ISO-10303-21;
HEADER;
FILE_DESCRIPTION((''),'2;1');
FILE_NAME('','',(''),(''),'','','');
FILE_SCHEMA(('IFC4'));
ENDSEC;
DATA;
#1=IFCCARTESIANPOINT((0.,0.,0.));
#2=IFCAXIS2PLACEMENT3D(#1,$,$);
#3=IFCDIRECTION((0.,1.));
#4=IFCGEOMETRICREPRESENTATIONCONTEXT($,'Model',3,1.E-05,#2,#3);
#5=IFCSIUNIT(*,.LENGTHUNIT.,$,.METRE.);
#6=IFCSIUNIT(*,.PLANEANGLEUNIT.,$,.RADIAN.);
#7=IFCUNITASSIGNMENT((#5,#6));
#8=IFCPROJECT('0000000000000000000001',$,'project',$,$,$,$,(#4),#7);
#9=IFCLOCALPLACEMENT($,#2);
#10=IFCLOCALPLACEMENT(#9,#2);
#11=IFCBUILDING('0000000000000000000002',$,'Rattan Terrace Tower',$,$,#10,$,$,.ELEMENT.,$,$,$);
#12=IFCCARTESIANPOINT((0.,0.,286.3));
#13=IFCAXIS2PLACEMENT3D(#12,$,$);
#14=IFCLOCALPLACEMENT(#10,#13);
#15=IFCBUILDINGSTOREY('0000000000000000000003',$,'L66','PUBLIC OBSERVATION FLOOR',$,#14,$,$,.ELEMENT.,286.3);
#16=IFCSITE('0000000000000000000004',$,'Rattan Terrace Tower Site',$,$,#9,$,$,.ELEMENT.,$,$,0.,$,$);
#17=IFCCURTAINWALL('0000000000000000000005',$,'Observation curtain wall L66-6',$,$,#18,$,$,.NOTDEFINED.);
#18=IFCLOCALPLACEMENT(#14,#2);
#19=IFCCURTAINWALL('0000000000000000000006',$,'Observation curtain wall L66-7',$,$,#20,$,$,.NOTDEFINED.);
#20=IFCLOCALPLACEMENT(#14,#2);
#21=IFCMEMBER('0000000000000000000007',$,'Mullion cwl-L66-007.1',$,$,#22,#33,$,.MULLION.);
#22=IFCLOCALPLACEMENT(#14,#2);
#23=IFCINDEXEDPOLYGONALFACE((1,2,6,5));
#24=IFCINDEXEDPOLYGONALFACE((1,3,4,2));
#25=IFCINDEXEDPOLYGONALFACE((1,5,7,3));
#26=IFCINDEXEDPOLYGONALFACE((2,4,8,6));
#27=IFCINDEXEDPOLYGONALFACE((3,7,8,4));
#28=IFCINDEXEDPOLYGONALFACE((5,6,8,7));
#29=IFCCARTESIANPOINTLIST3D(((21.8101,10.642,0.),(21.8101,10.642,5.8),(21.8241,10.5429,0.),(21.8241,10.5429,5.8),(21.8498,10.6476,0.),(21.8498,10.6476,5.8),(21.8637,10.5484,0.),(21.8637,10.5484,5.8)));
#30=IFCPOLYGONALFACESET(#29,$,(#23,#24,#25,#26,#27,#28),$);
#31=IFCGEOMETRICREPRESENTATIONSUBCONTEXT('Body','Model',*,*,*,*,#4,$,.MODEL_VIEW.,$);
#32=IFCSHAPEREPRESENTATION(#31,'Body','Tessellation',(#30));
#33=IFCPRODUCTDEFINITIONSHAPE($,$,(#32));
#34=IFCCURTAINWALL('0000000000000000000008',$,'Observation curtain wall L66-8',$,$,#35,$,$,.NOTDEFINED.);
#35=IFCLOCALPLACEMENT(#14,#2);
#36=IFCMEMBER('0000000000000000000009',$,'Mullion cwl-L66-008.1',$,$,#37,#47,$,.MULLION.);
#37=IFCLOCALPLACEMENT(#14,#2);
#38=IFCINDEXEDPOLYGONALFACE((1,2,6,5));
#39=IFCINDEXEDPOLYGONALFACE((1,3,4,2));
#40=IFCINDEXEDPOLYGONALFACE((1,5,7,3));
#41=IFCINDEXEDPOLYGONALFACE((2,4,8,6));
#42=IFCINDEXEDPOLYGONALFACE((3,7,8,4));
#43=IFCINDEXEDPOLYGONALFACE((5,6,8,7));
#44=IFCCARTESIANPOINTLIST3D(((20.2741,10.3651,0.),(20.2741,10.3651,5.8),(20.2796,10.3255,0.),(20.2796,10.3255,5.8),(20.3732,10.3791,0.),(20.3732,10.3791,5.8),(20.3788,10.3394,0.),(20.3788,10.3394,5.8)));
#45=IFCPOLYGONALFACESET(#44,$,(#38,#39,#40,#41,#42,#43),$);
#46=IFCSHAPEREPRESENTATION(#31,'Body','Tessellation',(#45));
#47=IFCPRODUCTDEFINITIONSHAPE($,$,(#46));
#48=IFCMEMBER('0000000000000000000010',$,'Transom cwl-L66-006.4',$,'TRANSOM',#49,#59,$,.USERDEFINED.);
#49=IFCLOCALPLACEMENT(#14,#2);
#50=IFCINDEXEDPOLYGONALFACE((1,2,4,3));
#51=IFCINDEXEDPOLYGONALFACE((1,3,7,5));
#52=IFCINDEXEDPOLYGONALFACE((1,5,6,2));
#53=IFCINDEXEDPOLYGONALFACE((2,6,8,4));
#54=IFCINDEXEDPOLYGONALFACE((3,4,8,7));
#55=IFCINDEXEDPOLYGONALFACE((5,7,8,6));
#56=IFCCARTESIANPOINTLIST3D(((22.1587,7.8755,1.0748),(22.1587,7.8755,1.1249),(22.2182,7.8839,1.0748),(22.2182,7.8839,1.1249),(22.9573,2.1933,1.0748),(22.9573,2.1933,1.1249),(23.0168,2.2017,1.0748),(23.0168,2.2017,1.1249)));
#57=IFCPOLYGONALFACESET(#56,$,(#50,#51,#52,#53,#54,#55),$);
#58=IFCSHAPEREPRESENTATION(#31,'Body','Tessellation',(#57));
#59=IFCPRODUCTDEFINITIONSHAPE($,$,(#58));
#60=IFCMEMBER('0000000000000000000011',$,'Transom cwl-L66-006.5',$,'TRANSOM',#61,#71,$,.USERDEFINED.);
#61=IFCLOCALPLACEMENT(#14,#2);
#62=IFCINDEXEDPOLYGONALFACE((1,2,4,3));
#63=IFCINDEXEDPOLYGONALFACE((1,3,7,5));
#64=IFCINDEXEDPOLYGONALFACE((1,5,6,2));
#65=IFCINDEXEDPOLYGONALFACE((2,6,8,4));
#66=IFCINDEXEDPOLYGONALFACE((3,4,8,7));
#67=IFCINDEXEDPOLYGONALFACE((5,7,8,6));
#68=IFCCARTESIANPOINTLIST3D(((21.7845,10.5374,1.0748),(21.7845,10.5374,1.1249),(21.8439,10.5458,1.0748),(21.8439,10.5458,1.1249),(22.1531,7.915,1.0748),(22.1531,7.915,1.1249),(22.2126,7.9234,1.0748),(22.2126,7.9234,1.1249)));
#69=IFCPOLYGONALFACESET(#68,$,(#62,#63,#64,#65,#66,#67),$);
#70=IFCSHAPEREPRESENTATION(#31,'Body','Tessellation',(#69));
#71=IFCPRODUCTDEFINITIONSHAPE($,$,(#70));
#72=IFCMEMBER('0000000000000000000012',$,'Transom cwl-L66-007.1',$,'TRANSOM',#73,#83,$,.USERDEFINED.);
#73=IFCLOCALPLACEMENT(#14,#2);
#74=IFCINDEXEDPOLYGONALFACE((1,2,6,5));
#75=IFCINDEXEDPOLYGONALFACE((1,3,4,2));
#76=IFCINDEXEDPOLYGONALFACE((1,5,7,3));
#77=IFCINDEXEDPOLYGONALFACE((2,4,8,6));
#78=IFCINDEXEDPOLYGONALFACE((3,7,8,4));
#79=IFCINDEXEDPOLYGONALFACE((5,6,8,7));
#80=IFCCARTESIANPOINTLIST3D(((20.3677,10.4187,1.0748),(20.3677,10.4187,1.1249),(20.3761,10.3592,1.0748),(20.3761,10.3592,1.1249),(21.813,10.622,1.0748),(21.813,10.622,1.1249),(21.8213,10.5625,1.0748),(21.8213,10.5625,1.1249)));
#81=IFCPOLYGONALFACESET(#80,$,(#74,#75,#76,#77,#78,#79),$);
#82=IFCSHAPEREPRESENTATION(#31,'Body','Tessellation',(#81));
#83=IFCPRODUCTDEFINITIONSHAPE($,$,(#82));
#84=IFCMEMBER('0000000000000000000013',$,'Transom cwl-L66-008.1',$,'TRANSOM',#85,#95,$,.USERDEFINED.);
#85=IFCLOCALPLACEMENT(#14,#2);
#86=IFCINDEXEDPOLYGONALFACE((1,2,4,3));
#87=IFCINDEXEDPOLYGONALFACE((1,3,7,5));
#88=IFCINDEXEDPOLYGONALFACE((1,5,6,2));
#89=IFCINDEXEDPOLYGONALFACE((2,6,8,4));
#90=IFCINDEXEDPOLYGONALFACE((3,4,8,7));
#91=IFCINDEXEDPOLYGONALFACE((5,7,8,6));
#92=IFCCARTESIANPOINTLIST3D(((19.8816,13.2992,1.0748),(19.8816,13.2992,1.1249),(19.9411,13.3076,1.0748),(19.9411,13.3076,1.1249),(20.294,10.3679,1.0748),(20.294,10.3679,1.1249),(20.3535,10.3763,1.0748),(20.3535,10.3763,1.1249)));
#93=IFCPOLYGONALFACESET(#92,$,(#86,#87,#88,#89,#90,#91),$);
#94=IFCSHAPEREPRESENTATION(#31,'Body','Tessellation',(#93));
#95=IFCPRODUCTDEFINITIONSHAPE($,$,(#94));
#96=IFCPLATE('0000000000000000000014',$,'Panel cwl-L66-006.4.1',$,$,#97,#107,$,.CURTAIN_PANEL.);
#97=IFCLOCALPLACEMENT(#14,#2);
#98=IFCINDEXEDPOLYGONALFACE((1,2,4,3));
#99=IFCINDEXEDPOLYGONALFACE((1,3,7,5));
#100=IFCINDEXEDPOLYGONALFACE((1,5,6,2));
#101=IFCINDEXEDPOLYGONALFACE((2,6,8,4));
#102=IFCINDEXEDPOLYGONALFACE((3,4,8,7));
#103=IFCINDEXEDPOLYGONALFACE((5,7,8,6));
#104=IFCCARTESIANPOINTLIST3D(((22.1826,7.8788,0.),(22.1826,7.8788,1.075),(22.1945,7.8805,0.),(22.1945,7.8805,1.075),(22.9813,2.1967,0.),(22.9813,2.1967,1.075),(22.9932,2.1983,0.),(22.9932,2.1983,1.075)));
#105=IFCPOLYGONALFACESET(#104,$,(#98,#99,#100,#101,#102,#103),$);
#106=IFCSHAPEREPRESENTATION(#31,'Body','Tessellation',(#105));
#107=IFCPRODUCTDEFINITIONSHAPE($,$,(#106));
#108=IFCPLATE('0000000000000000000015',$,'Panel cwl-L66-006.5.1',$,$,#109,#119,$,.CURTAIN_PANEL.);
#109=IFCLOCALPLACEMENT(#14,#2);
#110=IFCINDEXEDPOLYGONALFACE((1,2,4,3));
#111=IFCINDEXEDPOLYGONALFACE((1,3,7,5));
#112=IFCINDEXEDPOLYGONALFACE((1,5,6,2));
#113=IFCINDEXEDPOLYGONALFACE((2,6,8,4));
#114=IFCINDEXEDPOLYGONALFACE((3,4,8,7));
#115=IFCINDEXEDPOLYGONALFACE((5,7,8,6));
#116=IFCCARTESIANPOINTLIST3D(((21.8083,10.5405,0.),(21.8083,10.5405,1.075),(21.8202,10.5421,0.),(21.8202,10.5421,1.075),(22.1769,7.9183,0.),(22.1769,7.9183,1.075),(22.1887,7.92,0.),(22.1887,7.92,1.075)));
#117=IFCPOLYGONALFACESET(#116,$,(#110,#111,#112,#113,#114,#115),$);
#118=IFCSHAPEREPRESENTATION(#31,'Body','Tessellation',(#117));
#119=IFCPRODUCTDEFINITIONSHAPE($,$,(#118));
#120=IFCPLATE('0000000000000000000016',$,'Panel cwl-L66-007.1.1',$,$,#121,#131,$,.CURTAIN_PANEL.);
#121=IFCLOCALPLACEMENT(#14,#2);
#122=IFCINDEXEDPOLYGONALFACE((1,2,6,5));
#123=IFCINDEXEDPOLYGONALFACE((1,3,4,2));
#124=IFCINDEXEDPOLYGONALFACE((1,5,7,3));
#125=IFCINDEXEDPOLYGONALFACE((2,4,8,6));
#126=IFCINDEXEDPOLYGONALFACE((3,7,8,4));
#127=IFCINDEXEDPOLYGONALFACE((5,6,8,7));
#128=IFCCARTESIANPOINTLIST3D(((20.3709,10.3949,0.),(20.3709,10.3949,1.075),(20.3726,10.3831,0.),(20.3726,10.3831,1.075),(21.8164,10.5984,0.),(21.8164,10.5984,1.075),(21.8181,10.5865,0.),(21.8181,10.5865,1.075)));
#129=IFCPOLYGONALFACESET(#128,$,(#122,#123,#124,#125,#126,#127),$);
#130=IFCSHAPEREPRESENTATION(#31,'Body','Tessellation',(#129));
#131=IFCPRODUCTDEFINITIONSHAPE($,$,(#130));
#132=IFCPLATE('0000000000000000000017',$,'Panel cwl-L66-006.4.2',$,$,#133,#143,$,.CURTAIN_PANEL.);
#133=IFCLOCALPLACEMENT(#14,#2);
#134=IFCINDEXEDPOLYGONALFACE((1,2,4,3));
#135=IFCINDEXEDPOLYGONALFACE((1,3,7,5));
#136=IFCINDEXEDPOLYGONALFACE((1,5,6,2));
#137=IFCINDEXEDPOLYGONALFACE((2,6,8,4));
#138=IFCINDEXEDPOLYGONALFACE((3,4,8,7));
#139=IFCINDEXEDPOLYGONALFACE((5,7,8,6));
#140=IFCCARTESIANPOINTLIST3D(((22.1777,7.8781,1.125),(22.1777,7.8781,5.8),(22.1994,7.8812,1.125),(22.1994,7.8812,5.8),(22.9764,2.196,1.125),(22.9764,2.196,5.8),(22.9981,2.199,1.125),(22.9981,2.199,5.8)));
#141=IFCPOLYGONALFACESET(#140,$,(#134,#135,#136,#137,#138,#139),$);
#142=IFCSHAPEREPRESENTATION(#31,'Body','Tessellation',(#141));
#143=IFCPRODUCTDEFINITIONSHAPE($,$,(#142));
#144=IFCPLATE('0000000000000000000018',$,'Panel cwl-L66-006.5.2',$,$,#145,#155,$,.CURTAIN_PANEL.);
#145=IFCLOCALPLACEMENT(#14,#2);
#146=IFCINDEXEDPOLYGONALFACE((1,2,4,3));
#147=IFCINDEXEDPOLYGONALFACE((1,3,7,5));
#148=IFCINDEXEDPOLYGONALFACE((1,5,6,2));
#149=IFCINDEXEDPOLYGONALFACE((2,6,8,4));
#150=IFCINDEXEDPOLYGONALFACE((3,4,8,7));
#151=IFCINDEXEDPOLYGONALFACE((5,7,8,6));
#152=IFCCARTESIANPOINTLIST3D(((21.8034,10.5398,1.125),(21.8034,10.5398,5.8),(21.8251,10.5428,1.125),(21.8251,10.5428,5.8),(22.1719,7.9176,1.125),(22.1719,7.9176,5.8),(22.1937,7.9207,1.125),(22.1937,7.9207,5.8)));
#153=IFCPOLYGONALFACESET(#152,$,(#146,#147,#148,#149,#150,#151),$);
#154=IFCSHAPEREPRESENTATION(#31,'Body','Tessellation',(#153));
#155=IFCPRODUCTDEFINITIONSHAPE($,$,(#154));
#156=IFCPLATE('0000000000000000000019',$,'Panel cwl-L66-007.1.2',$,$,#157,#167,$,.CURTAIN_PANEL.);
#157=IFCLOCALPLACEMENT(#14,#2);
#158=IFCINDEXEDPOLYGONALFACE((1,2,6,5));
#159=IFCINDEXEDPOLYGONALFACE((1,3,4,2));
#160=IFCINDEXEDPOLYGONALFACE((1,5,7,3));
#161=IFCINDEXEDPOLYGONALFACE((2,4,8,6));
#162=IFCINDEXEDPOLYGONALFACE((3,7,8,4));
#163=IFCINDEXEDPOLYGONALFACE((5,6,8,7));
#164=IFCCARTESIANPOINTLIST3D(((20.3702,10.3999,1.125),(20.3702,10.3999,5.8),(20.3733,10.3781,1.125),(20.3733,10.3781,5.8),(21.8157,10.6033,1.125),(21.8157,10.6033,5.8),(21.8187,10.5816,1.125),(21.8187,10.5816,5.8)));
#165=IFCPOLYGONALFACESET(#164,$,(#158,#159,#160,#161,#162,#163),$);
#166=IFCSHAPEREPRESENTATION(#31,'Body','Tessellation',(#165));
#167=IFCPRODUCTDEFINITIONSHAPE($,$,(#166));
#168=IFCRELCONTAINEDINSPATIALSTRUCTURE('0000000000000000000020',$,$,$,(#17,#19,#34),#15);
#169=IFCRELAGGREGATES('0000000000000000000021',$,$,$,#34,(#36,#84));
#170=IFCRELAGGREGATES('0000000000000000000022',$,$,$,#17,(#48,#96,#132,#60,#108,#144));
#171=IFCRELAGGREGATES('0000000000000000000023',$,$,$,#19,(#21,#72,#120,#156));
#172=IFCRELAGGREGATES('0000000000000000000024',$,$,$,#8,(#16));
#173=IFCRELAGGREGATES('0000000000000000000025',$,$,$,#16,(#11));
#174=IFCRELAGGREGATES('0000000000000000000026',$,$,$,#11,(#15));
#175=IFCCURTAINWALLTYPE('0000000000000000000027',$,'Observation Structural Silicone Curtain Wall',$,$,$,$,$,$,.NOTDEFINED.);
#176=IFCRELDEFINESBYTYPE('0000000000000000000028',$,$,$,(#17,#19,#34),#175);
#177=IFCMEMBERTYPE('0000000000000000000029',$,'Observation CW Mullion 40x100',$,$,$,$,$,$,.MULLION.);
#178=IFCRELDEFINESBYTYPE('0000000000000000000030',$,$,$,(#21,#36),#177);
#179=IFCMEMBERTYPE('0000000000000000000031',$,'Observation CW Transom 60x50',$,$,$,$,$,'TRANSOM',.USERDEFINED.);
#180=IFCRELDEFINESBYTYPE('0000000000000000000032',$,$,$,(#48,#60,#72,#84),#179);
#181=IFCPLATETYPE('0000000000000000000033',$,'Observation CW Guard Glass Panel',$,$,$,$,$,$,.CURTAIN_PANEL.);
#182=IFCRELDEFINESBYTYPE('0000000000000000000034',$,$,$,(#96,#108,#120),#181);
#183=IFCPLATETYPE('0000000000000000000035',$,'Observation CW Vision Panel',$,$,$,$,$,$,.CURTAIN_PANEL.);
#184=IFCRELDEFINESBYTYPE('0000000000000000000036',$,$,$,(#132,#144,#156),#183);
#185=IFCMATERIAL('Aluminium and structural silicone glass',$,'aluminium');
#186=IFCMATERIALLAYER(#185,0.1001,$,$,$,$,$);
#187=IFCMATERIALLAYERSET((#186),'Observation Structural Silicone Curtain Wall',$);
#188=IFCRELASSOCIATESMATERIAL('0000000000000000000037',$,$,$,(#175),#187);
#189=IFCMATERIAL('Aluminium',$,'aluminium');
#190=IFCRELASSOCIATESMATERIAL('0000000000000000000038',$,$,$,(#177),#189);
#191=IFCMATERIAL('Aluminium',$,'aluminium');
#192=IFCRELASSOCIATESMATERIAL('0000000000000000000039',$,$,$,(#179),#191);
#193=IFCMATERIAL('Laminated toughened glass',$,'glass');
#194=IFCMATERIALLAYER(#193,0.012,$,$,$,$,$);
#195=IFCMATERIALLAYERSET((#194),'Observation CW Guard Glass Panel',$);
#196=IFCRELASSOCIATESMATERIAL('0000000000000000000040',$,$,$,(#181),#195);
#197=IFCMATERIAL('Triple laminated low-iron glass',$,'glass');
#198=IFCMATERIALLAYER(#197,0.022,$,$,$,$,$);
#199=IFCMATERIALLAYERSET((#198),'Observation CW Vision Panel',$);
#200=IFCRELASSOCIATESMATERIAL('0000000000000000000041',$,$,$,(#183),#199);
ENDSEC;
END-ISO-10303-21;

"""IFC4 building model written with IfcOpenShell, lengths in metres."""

from ifc_helpers import new_model, si_unit, direction, frame, origin, origin_2d, place, context, subcontext, project, spatial, rectangle, extrude, material, layer, layer_set, material_profile, profile_set, type_object, element, aggregate, save


model = new_model("IFC4")

# Units and contexts
model_context = context("Model", 3, precision=1e-05, world=origin(), true_north=direction((0.0, 1.0)))
body_context = subcontext(model_context, "Body", "Model", "MODEL_VIEW")
ifc_project = project(units=[si_unit("LENGTHUNIT", "METRE"), si_unit("PLANEANGLEUNIT", "RADIAN")], contexts=[model_context])

# Site, building, storey
site_placement = place(None, origin())
site = spatial("IfcSite", under=ifc_project, at=site_placement, Name="Rattan Terrace Tower Site", CompositionType="ELEMENT", RefElevation=0.0)
building_placement = place(site_placement, origin())
building = spatial("IfcBuilding", under=site, at=building_placement, Name="Rattan Terrace Tower", CompositionType="ELEMENT")
storey_placement = place(building_placement, frame((0.0, 0.0, 286.3)))
storey = spatial("IfcBuildingStorey", under=building, at=storey_placement, Name="L66", Description="PUBLIC OBSERVATION FLOOR", CompositionType="ELEMENT", Elevation=286.3)

# Curtain wall
ifc_material_1 = material(Name="Aluminium and structural silicone glass", Category="aluminium")
ifc_layer_1 = layer(ifc_material_1, 0.1001)
ifc_layer_set_1 = layer_set([ifc_layer_1], Name="Observation Structural Silicone Curtain Wall")
curtain_wall_type = type_object("IfcCurtainWallType", Name="Observation Structural Silicone Curtain Wall", PredefinedType="NOTDEFINED", material=ifc_layer_set_1)
curtain_wall_1_placement = place(storey_placement, origin())
curtain_wall_1 = element("IfcCurtainWall", 1, at=curtain_wall_1_placement, inside=storey, type_object=curtain_wall_type, Name="Observation curtain wall L66-6", PredefinedType="NOTDEFINED")
ifc_material_2 = material(Name="Aluminium", Category="aluminium")
ifc_material_profile_1 = material_profile(ifc_material_2, rectangle(XDim=0.04, YDim=0.1001, at=origin_2d()), Name="Aluminium 40x100")
ifc_profile_set_1 = profile_set([ifc_material_profile_1], Name="Aluminium")
member_type_1 = type_object("IfcMemberType", Name="Observation CW Mullion 40x100", PredefinedType="MULLION", material=ifc_profile_set_1)

# Curtain walls, members
curtain_wall_2_placement = place(storey_placement, origin())
curtain_wall_2 = element("IfcCurtainWall", 2, at=curtain_wall_2_placement, inside=storey, type_object=curtain_wall_type, Name="Observation curtain wall L66-7", PredefinedType="NOTDEFINED")
member_1_placement = place(storey_placement, frame((21.8369, 10.5952, 0.0), z_axis=(0.0, 0.0, 1.0), x_axis=(-0.990241, -0.139367, 0.0)))
member_1 = element("IfcMember", 3, at=member_1_placement, type_object=member_type_1, Name="Mullion cwl-L66-007.1", PredefinedType="MULLION", context=body_context, shape_type="SweptSolid", body=[
    extrude(rectangle(XDim=0.04, YDim=0.1001, at=origin_2d()), origin(), (0.0, 0.0, 1.0), 5.8),
])
curtain_wall_3_placement = place(storey_placement, origin())
curtain_wall_3 = element("IfcCurtainWall", 4, at=curtain_wall_3_placement, inside=storey, type_object=curtain_wall_type, Name="Observation curtain wall L66-8", PredefinedType="NOTDEFINED")
member_2_placement = place(storey_placement, frame((20.3264, 10.3523, 0.0), z_axis=(0.0, 0.0, 1.0), x_axis=(-0.139321, 0.990247, 0.0)))
member_2 = element("IfcMember", 5, at=member_2_placement, type_object=member_type_1, Name="Mullion cwl-L66-008.1", PredefinedType="MULLION", context=body_context, shape_type="SweptSolid", body=[
    extrude(rectangle(XDim=0.04, YDim=0.1001, at=origin_2d()), origin(), (0.0, 0.0, 1.0), 5.8),
])

# Members
ifc_material_3 = material(Name="Aluminium", Category="aluminium")
ifc_material_profile_2 = material_profile(ifc_material_3, rectangle(XDim=0.0601, YDim=0.05, at=origin_2d()), Name="Aluminium 60x50")
ifc_profile_set_2 = profile_set([ifc_material_profile_2], Name="Aluminium")
member_type_2 = type_object("IfcMemberType", Name="Observation CW Transom 60x50", ElementType="TRANSOM", PredefinedType="USERDEFINED", material=ifc_profile_set_2)
member_3_placement = place(storey_placement, frame((22.9871, 2.1975, 1.0999), z_axis=(-0.139175, 0.990268, 0.0), x_axis=(-0.990268, -0.139175, 0.0)))
member_3 = element("IfcMember", 6, at=member_3_placement, type_object=member_type_2, Name="Transom cwl-L66-006.4", ObjectType="TRANSOM", PredefinedType="USERDEFINED", context=body_context, shape_type="SweptSolid", body=[
    extrude(rectangle(XDim=0.0601, YDim=0.05, at=origin_2d()), origin(), (0.0, 0.0, 1.0), 5.738),
])
member_4_placement = place(storey_placement, frame((22.1829, 7.9192, 1.0999), z_axis=(-0.139214, 0.990262, 0.0), x_axis=(-0.990262, -0.139214, 0.0)))
member_4 = element("IfcMember", 7, at=member_4_placement, type_object=member_type_2, Name="Transom cwl-L66-006.5", ObjectType="TRANSOM", PredefinedType="USERDEFINED", context=body_context, shape_type="SweptSolid", body=[
    extrude(rectangle(XDim=0.0601, YDim=0.05, at=origin_2d()), origin(), (0.0, 0.0, 1.0), 2.6482),
])
member_5_placement = place(storey_placement, frame((21.8171, 10.5923, 1.0999), z_axis=(-0.990245, -0.139337, 0.0), x_axis=(0.139337, -0.990245, 0.0)))
member_5 = element("IfcMember", 8, at=member_5_placement, type_object=member_type_2, Name="Transom cwl-L66-007.1", ObjectType="TRANSOM", PredefinedType="USERDEFINED", context=body_context, shape_type="SweptSolid", body=[
    extrude(rectangle(XDim=0.0601, YDim=0.05, at=origin_2d()), origin(), (0.0, 0.0, 1.0), 1.4595),
])
member_6_placement = place(storey_placement, frame((20.3237, 10.3721, 1.0999), z_axis=(-0.139297, 0.990251, 0.0), x_axis=(-0.990251, -0.139297, 0.0)))
member_6 = element("IfcMember", 9, at=member_6_placement, type_object=member_type_2, Name="Transom cwl-L66-008.1", ObjectType="TRANSOM", PredefinedType="USERDEFINED", context=body_context, shape_type="SweptSolid", body=[
    extrude(rectangle(XDim=0.0601, YDim=0.05, at=origin_2d()), origin(), (0.0, 0.0, 1.0), 2.9602),
])
aggregate(curtain_wall_3, [member_2, member_6])

# Plates
ifc_material_4 = material(Name="Laminated toughened glass", Category="glass")
ifc_layer_2 = layer(ifc_material_4, 0.012)
ifc_layer_set_2 = layer_set([ifc_layer_2], Name="Observation CW Guard Glass Panel")
plate_type_1 = type_object("IfcPlateType", Name="Observation CW Guard Glass Panel", PredefinedType="CURTAIN_PANEL", material=ifc_layer_set_2)
plate_1_placement = place(storey_placement, frame((22.5879, 5.0386, 0.0), z_axis=(0.0, 0.0, 1.0), x_axis=(-0.139192, 0.990265, 0.0)))
plate_1 = element("IfcPlate", 10, at=plate_1_placement, type_object=plate_type_1, Name="Panel cwl-L66-006.4.1", PredefinedType="CURTAIN_PANEL", context=body_context, shape_type="SweptSolid", body=[
    extrude(rectangle(XDim=5.738, YDim=0.012, at=origin_2d()), origin(), (0.0, 0.0, 1.0), 1.075),
])
plate_2_placement = place(storey_placement, frame((21.9985, 9.2302, 0.0), z_axis=(0.0, 0.0, 1.0), x_axis=(-0.139192, 0.990265, 0.0)))
plate_2 = element("IfcPlate", 11, at=plate_2_placement, type_object=plate_type_1, Name="Panel cwl-L66-006.5.1", PredefinedType="CURTAIN_PANEL", context=body_context, shape_type="SweptSolid", body=[
    extrude(rectangle(XDim=2.6479, YDim=0.012, at=origin_2d()), origin(), (0.0, 0.0, 1.0), 1.075),
])
plate_3_placement = place(storey_placement, frame((21.0945, 10.4907, 0.0), z_axis=(0.0, 0.0, 1.0), x_axis=(-0.990241, -0.139367, 0.0)))
plate_3 = element("IfcPlate", 12, at=plate_3_placement, type_object=plate_type_1, Name="Panel cwl-L66-007.1.1", PredefinedType="CURTAIN_PANEL", context=body_context, shape_type="SweptSolid", body=[
    extrude(rectangle(XDim=1.4597, YDim=0.012, at=origin_2d()), origin(), (0.0, 0.0, 1.0), 1.075),
])
ifc_material_5 = material(Name="Triple laminated low-iron glass", Category="glass")
ifc_layer_3 = layer(ifc_material_5, 0.022)
ifc_layer_set_3 = layer_set([ifc_layer_3], Name="Observation CW Vision Panel")
plate_type_2 = type_object("IfcPlateType", Name="Observation CW Vision Panel", PredefinedType="CURTAIN_PANEL", material=ifc_layer_set_3)
plate_4_placement = place(storey_placement, frame((22.5879, 5.0386, 1.125), z_axis=(0.0, 0.0, 1.0), x_axis=(-0.139192, 0.990265, 0.0)))
plate_4 = element("IfcPlate", 13, at=plate_4_placement, type_object=plate_type_2, Name="Panel cwl-L66-006.4.2", PredefinedType="CURTAIN_PANEL", context=body_context, shape_type="SweptSolid", body=[
    extrude(rectangle(XDim=5.738, YDim=0.022, at=origin_2d()), origin(), (0.0, 0.0, 1.0), 4.675),
])
plate_5_placement = place(storey_placement, frame((21.9985, 9.2302, 1.125), z_axis=(0.0, 0.0, 1.0), x_axis=(-0.139192, 0.990265, 0.0)))
plate_5 = element("IfcPlate", 14, at=plate_5_placement, type_object=plate_type_2, Name="Panel cwl-L66-006.5.2", PredefinedType="CURTAIN_PANEL", context=body_context, shape_type="SweptSolid", body=[
    extrude(rectangle(XDim=2.6479, YDim=0.022, at=origin_2d()), origin(), (0.0, 0.0, 1.0), 4.675),
])
aggregate(curtain_wall_1, [member_3, plate_1, plate_4, member_4, plate_2, plate_5])
plate_6_placement = place(storey_placement, frame((21.0945, 10.4907, 1.125), z_axis=(0.0, 0.0, 1.0), x_axis=(-0.990241, -0.139367, 0.0)))
plate_6 = element("IfcPlate", 15, at=plate_6_placement, type_object=plate_type_2, Name="Panel cwl-L66-007.1.2", PredefinedType="CURTAIN_PANEL", context=body_context, shape_type="SweptSolid", body=[
    extrude(rectangle(XDim=1.4597, YDim=0.022, at=origin_2d()), origin(), (0.0, 0.0, 1.0), 4.675),
])
aggregate(curtain_wall_2, [member_1, member_5, plate_3, plate_6])

save(model, "model.ifc")
